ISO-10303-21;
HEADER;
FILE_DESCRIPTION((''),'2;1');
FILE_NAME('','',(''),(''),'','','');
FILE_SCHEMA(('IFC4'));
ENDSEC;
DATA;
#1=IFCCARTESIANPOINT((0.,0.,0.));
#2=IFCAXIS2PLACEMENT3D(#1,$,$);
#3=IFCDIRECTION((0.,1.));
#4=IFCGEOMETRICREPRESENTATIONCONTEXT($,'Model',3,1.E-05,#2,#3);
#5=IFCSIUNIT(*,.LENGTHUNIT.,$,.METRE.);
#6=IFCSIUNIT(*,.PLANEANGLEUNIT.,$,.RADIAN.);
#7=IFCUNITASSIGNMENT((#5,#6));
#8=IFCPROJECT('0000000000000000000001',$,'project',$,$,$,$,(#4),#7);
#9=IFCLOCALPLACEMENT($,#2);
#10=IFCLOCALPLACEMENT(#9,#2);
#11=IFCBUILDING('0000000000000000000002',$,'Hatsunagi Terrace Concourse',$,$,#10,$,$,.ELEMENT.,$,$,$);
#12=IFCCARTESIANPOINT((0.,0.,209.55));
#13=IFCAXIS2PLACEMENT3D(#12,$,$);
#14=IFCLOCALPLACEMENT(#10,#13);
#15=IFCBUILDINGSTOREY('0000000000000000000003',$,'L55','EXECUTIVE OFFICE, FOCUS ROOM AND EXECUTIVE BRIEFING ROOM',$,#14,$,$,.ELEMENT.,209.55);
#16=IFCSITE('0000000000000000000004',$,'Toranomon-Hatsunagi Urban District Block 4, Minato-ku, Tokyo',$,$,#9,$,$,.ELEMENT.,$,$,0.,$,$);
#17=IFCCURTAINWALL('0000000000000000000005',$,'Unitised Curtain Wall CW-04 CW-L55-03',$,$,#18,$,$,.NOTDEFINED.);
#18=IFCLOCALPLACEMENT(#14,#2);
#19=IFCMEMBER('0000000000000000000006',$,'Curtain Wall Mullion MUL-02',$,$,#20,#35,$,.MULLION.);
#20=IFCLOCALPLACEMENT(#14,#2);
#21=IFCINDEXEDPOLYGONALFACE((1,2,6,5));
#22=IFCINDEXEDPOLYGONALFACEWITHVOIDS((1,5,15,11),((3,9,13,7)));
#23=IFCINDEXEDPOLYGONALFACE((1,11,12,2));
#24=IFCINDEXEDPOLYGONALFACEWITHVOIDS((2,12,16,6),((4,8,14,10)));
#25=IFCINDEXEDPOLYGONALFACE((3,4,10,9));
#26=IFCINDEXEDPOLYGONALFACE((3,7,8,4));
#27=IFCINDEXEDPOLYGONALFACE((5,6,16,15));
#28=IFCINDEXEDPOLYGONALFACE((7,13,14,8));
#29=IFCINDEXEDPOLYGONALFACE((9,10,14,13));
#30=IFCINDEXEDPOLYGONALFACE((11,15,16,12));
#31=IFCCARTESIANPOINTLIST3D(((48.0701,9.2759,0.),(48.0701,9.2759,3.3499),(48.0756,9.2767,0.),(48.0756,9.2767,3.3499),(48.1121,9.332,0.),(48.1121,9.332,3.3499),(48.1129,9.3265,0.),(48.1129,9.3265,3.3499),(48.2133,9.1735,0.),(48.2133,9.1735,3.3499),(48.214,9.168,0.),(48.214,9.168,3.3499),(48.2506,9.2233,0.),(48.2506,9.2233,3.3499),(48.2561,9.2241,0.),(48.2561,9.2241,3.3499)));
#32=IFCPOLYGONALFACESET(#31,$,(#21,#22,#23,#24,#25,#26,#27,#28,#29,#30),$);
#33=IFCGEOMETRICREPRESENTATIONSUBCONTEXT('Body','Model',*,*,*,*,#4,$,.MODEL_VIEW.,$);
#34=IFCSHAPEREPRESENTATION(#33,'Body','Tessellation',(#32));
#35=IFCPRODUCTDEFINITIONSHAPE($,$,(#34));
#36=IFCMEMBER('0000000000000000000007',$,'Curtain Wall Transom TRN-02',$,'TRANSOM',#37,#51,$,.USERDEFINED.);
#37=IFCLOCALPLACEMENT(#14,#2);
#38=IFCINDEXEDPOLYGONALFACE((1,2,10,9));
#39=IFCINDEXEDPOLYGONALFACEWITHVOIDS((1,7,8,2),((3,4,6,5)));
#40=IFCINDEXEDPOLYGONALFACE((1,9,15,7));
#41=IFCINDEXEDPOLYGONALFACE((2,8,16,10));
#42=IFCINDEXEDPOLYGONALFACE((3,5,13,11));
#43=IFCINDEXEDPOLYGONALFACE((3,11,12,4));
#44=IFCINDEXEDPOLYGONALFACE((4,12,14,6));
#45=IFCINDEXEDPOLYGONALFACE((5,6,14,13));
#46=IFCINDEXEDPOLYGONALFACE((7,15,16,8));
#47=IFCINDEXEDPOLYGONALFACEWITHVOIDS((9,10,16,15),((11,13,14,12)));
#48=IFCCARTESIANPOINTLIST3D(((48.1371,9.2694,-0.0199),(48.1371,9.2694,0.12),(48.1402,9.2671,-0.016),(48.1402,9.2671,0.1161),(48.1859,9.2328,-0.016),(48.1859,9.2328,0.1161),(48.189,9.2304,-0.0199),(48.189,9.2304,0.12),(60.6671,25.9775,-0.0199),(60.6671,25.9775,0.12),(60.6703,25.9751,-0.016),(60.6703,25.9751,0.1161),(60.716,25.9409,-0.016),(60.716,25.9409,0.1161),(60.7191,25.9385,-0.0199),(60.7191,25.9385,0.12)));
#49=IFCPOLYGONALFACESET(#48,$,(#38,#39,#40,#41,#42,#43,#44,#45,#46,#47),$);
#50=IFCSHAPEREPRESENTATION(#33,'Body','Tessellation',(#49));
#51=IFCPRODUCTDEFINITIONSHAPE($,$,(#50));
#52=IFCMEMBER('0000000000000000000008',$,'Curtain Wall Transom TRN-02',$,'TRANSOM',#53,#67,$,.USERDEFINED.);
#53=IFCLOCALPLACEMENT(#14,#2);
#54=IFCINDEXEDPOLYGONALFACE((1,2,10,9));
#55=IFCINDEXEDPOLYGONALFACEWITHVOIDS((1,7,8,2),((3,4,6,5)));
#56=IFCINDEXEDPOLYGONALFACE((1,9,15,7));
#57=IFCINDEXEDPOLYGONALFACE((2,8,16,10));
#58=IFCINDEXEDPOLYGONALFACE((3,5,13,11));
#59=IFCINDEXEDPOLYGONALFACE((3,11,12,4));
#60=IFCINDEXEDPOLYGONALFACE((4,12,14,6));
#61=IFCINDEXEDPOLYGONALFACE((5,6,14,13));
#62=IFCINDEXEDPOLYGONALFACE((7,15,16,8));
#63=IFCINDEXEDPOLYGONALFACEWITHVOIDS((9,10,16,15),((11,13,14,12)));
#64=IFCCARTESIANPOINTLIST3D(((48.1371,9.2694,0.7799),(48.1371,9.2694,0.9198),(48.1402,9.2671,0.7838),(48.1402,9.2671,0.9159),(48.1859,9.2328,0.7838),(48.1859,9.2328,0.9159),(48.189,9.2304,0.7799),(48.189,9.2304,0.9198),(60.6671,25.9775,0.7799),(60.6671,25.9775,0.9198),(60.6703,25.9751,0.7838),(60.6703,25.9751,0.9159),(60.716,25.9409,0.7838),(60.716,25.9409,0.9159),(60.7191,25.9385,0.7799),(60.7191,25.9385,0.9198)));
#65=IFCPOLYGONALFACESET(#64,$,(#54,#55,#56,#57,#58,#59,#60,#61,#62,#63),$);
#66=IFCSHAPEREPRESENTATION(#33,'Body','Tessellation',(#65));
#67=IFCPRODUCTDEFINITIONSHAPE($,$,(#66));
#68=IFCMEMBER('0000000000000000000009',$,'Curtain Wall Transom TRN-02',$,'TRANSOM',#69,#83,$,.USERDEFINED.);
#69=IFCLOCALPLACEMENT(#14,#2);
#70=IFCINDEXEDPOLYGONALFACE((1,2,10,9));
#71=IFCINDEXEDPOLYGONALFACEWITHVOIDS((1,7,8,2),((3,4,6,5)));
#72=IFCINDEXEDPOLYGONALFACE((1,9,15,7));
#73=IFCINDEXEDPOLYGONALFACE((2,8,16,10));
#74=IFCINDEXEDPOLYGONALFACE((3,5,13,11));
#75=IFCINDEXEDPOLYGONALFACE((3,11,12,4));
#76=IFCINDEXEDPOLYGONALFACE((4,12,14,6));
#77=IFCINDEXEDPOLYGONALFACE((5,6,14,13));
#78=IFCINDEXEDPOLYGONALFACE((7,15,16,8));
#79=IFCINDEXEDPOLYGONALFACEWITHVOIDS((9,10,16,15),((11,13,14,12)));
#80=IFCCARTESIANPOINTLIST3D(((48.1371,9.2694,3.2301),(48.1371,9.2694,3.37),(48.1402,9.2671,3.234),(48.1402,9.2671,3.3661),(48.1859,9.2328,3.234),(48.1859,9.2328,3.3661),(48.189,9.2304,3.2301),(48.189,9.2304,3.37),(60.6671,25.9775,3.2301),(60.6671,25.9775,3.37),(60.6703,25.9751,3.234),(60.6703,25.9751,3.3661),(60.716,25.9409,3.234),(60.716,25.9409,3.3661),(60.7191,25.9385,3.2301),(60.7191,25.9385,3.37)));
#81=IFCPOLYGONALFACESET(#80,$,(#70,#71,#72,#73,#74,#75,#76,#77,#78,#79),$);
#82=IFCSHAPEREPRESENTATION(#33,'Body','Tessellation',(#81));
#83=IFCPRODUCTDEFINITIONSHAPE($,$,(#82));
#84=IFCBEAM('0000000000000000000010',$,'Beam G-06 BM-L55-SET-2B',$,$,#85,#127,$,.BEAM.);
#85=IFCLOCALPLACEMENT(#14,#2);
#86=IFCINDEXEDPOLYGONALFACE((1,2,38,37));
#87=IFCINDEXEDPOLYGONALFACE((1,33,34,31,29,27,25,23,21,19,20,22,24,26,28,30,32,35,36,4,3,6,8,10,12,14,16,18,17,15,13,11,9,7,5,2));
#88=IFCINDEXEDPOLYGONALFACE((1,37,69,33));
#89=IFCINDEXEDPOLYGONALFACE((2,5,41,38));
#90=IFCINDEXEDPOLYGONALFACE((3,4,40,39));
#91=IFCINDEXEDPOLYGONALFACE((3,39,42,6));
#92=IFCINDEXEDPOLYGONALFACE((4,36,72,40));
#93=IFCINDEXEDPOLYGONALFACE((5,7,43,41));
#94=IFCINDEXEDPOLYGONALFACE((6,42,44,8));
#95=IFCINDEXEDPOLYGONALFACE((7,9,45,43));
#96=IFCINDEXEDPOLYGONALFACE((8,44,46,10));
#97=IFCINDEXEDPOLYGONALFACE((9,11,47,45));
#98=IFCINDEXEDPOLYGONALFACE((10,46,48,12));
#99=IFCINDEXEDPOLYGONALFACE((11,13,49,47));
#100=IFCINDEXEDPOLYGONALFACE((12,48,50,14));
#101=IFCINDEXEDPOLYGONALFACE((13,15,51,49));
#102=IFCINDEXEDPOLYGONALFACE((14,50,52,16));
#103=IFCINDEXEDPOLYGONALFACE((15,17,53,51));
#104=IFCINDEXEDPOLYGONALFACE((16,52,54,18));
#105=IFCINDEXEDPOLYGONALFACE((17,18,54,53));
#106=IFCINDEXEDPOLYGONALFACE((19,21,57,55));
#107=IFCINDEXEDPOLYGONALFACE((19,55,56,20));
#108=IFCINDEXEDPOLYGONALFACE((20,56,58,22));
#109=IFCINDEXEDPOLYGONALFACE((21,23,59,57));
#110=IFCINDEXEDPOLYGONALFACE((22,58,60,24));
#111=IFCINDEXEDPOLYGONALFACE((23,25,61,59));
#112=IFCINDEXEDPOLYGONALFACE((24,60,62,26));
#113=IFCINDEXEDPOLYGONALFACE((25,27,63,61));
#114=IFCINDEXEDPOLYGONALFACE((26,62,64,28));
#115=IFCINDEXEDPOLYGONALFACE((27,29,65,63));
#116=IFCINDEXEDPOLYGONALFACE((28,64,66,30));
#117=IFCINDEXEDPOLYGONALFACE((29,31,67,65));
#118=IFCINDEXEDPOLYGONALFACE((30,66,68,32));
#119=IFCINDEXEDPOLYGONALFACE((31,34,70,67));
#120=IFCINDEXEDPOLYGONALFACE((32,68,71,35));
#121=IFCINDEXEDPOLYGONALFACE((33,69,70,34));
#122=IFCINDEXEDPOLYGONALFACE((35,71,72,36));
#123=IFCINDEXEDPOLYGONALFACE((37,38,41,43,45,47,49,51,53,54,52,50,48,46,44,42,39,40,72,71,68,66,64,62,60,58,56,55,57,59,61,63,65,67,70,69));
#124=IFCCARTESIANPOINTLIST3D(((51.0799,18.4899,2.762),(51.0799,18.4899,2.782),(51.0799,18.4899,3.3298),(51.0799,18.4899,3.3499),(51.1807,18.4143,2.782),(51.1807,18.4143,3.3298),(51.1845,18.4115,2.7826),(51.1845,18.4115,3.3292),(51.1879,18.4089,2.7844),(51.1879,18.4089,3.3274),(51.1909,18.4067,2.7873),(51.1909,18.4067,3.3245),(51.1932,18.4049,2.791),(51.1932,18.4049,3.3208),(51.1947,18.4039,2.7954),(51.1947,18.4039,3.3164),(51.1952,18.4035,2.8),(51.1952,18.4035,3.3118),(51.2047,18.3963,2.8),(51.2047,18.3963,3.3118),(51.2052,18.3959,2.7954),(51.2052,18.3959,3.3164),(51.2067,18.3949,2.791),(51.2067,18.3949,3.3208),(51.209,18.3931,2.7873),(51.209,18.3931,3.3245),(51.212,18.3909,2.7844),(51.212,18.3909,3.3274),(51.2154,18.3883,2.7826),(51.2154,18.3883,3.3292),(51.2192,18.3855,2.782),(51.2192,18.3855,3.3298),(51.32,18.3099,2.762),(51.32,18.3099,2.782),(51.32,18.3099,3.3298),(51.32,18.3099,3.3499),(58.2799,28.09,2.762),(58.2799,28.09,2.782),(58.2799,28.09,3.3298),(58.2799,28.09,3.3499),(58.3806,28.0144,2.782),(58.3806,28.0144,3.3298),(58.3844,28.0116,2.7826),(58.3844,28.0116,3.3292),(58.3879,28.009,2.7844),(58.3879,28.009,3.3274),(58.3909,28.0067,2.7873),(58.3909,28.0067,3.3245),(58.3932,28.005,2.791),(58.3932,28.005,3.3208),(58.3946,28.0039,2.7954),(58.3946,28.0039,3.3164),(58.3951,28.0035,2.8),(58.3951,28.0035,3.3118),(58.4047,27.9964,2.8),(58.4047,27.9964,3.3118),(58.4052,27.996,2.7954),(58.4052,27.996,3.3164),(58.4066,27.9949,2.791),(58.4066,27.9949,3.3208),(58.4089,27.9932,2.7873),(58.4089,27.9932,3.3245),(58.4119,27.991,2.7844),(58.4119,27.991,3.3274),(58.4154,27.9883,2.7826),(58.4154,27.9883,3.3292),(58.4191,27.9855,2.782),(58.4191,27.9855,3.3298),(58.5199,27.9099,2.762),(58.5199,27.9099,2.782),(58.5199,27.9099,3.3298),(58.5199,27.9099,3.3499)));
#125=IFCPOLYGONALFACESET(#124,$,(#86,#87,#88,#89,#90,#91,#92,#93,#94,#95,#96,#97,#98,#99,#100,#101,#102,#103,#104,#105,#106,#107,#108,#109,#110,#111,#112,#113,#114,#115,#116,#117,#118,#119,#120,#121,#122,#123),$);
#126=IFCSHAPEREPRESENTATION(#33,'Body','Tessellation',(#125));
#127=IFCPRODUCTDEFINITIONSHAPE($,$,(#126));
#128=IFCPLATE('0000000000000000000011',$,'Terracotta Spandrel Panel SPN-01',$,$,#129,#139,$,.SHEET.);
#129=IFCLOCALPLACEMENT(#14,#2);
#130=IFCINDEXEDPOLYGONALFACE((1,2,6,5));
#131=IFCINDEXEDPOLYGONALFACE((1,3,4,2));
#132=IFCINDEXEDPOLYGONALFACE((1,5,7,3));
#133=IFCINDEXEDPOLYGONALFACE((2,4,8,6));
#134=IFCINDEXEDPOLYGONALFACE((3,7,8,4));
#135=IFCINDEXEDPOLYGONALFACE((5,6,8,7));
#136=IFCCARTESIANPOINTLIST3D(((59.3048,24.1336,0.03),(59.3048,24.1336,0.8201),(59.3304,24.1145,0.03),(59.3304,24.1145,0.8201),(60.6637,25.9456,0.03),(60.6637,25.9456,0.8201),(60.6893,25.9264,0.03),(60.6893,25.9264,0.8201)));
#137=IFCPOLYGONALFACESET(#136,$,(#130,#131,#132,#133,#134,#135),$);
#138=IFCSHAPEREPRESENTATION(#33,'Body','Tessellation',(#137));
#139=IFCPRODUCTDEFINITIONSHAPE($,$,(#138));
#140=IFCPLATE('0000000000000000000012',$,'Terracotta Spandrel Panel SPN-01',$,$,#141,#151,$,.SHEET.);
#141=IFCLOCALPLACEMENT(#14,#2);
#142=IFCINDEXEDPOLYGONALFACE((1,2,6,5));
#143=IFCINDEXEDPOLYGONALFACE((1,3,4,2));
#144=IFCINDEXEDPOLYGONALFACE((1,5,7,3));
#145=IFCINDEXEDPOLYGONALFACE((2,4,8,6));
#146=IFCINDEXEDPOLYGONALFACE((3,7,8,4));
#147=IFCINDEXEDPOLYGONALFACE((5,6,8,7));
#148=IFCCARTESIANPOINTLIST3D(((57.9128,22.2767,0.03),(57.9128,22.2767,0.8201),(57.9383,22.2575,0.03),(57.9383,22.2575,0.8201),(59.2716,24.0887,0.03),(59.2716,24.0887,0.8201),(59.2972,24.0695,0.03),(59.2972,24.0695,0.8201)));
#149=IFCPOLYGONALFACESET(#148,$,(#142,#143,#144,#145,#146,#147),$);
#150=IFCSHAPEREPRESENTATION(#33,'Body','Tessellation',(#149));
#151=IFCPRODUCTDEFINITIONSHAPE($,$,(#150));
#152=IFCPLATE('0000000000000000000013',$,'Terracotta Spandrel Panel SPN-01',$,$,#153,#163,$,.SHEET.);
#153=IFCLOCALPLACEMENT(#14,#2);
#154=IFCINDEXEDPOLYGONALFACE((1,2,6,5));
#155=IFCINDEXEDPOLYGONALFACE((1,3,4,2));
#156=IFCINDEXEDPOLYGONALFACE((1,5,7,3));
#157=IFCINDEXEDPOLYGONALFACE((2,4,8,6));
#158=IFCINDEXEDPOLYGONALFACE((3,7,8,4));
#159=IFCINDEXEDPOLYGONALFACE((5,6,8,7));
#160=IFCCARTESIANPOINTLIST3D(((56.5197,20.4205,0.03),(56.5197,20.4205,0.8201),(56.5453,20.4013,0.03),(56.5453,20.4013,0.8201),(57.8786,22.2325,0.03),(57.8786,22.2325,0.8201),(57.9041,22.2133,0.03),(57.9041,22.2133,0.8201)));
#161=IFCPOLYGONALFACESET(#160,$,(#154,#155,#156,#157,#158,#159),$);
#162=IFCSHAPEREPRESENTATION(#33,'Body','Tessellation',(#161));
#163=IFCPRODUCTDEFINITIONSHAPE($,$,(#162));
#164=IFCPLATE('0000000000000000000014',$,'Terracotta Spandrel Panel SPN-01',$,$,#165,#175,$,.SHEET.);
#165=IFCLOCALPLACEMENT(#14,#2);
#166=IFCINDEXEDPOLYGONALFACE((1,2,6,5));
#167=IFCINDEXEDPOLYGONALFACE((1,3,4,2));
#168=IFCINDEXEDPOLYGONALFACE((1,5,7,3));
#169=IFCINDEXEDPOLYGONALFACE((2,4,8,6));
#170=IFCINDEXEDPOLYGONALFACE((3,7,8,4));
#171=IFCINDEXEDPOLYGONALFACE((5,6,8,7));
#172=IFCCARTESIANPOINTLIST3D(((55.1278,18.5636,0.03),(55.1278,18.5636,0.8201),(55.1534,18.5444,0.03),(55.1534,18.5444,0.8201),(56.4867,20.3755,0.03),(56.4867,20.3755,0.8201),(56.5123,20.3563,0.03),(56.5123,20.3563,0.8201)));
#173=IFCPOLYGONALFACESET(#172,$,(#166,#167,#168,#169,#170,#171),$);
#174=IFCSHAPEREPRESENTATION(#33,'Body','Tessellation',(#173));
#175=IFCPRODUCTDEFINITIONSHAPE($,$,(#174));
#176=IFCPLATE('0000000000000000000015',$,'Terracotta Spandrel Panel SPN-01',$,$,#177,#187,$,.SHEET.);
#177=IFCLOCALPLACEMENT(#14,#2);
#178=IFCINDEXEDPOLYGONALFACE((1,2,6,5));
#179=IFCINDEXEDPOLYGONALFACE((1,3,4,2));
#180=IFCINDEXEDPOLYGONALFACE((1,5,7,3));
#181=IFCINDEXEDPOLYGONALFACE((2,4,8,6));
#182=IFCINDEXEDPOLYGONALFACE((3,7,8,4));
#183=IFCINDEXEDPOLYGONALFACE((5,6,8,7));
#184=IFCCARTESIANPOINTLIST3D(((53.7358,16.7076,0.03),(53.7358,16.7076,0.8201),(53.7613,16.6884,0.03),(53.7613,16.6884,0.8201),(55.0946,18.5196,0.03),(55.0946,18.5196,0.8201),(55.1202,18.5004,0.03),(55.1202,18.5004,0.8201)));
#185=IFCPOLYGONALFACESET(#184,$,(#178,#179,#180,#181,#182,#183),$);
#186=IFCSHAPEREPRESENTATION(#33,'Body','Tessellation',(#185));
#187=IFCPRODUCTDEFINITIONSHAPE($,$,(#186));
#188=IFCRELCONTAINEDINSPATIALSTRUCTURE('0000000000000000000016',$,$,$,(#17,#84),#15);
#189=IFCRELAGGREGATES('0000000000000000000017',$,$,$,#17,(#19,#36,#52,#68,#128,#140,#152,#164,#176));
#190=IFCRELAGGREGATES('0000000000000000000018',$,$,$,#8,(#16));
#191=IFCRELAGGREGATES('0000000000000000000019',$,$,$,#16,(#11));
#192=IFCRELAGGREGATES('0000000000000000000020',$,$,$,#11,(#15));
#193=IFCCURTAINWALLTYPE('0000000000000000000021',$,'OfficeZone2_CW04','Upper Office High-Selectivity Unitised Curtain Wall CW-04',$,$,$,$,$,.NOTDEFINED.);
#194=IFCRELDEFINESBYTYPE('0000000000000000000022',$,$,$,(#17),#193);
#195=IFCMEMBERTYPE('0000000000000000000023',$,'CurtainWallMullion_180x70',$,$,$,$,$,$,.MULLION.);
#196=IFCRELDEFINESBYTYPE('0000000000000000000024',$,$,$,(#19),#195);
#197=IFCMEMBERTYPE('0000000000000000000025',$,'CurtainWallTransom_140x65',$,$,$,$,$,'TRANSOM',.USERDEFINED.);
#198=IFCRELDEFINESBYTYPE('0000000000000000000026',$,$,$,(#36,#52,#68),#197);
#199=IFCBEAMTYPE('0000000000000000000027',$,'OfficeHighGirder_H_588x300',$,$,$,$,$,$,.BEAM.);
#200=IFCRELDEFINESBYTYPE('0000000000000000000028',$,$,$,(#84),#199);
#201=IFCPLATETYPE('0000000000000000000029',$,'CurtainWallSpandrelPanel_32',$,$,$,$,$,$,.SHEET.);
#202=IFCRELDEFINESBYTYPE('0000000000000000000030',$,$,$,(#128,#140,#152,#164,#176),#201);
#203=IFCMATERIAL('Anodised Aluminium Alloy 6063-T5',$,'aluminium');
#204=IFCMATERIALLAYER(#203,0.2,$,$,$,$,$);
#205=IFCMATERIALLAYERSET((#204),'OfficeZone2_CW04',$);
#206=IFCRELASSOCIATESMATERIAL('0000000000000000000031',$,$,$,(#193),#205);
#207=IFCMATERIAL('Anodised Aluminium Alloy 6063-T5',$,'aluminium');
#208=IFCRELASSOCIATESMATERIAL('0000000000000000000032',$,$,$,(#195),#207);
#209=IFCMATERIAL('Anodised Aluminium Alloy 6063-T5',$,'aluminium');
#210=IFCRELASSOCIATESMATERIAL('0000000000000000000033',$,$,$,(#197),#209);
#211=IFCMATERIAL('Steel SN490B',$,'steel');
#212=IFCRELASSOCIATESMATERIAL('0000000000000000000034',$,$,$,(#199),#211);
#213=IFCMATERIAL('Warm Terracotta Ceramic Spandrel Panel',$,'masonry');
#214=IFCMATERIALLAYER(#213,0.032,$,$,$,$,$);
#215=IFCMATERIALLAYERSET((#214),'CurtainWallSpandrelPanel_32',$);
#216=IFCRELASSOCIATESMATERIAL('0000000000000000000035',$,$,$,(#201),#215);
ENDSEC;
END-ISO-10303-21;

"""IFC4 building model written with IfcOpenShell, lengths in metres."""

from ifc_helpers import new_model, si_unit, direction, frame, origin, origin_2d, place, context, subcontext, project, spatial, rectangle, hollow_rectangle, i_section, extrude, material, layer, layer_set, material_profile, profile_set, type_object, element, aggregate, save


model = new_model("IFC4")

# Units and contexts
model_context = context("Model", 3, precision=1e-05, world=origin(), true_north=direction((0.0, 1.0)))
body_context = subcontext(model_context, "Body", "Model", "MODEL_VIEW")
ifc_project = project(units=[si_unit("LENGTHUNIT", "METRE"), si_unit("PLANEANGLEUNIT", "RADIAN")], contexts=[model_context])

# Site, building, storey
site_placement = place(None, origin())
site = spatial("IfcSite", under=ifc_project, at=site_placement, Name="Toranomon-Hatsunagi Urban District Block 4, Minato-ku, Tokyo", CompositionType="ELEMENT", RefElevation=0.0)
building_placement = place(site_placement, origin())
building = spatial("IfcBuilding", under=site, at=building_placement, Name="Hatsunagi Terrace Concourse", CompositionType="ELEMENT")
storey_placement = place(building_placement, frame((0.0, 0.0, 209.55)))
storey = spatial("IfcBuildingStorey", under=building, at=storey_placement, Name="L55", Description="EXECUTIVE OFFICE, FOCUS ROOM AND EXECUTIVE BRIEFING ROOM", CompositionType="ELEMENT", Elevation=209.55)

# Curtain wall, members
ifc_material_1 = material(Name="Anodised Aluminium Alloy 6063-T5", Category="aluminium")
ifc_layer_1 = layer(ifc_material_1, 0.2)
ifc_layer_set_1 = layer_set([ifc_layer_1], Name="OfficeZone2_CW04")
curtain_wall_type = type_object("IfcCurtainWallType", Name="OfficeZone2_CW04", Description="Upper Office High-Selectivity Unitised Curtain Wall CW-04", PredefinedType="NOTDEFINED", material=ifc_layer_set_1)
curtain_wall_placement = place(storey_placement, origin())
curtain_wall = element("IfcCurtainWall", 1, at=curtain_wall_placement, inside=storey, type_object=curtain_wall_type, Name="Unitised Curtain Wall CW-04 CW-L55-03", PredefinedType="NOTDEFINED")
ifc_material_2 = material(Name="Anodised Aluminium Alloy 6063-T5", Category="aluminium")
ifc_material_profile_1 = material_profile(ifc_material_2, hollow_rectangle(XDim=0.0701, YDim=0.1799, WallThickness=0.0039, at=origin_2d()), Name="ALU-MUL-180x70x4")
ifc_profile_set_1 = profile_set([ifc_material_profile_1], Name="Anodised Aluminium Alloy 6063-T5")
member_type_1 = type_object("IfcMemberType", Name="CurtainWallMullion_180x70", PredefinedType="MULLION", material=ifc_profile_set_1)
member_1_placement = place(storey_placement, frame((48.1631, 9.25, 0.0), z_axis=(0.0, 0.0, 1.0), x_axis=(-0.599969, -0.800023, 0.0)))
member_1 = element("IfcMember", 2, at=member_1_placement, type_object=member_type_1, Name="Curtain Wall Mullion MUL-02", PredefinedType="MULLION", context=body_context, shape_type="SweptSolid", body=[
    extrude(hollow_rectangle(XDim=0.0701, YDim=0.1799, WallThickness=0.0039, at=origin_2d()), origin(), (0.0, 0.0, 1.0), 3.3499),
])
ifc_material_3 = material(Name="Anodised Aluminium Alloy 6063-T5", Category="aluminium")
ifc_material_profile_2 = material_profile(ifc_material_3, hollow_rectangle(XDim=0.0649, YDim=0.1399, WallThickness=0.0039, at=origin_2d()), Name="ALU-TRN-140x65x4")
ifc_profile_set_2 = profile_set([ifc_material_profile_2], Name="Anodised Aluminium Alloy 6063-T5")
member_type_2 = type_object("IfcMemberType", Name="CurtainWallTransom_140x65", ElementType="TRANSOM", PredefinedType="USERDEFINED", material=ifc_profile_set_2)
member_2_placement = place(storey_placement, frame((60.6931, 25.958, 0.05), z_axis=(-0.59997, -0.800022, 0.0), x_axis=(0.800022, -0.59997, 0.0)))
member_2 = element("IfcMember", 3, at=member_2_placement, type_object=member_type_2, Name="Curtain Wall Transom TRN-02", ObjectType="TRANSOM", PredefinedType="USERDEFINED", context=body_context, shape_type="SweptSolid", body=[
    extrude(hollow_rectangle(XDim=0.0649, YDim=0.1399, WallThickness=0.0039, at=origin_2d()), origin(), (0.0, 0.0, 1.0), 20.8845),
])
member_3_placement = place(storey_placement, frame((60.6931, 25.958, 0.8499), z_axis=(-0.59997, -0.800022, 0.0), x_axis=(0.800022, -0.59997, 0.0)))
member_3 = element("IfcMember", 4, at=member_3_placement, type_object=member_type_2, Name="Curtain Wall Transom TRN-02", ObjectType="TRANSOM", PredefinedType="USERDEFINED", context=body_context, shape_type="SweptSolid", body=[
    extrude(hollow_rectangle(XDim=0.0649, YDim=0.1399, WallThickness=0.0039, at=origin_2d()), origin(), (0.0, 0.0, 1.0), 20.8845),
])
member_4_placement = place(storey_placement, frame((60.6931, 25.958, 3.3), z_axis=(-0.59997, -0.800022, 0.0), x_axis=(0.800022, -0.59997, 0.0)))
member_4 = element("IfcMember", 5, at=member_4_placement, type_object=member_type_2, Name="Curtain Wall Transom TRN-02", ObjectType="TRANSOM", PredefinedType="USERDEFINED", context=body_context, shape_type="SweptSolid", body=[
    extrude(hollow_rectangle(XDim=0.0649, YDim=0.1399, WallThickness=0.0039, at=origin_2d()), origin(), (0.0, 0.0, 1.0), 20.8845),
])

# Beam
ifc_material_4 = material(Name="Steel SN490B", Category="steel")
ifc_material_profile_3 = material_profile(ifc_material_4, i_section(OverallWidth=0.3, OverallDepth=0.5879, WebThickness=0.012, FlangeThickness=0.02, FilletRadius=0.0181, at=origin_2d()), Name="H-588x300x12x20")
ifc_profile_set_3 = profile_set([ifc_material_profile_3], Name="Steel SN490B")
beam_type = type_object("IfcBeamType", Name="OfficeHighGirder_H_588x300", PredefinedType="BEAM", material=ifc_profile_set_3)
beam_placement = place(storey_placement, frame((51.2, 18.3999, 3.0559), z_axis=(0.599993, 0.800005, 0.0), x_axis=(-0.800005, 0.599993, 0.0)))
element("IfcBeam", 6, at=beam_placement, inside=storey, type_object=beam_type, Name="Beam G-06 BM-L55-SET-2B", PredefinedType="BEAM", context=body_context, shape_type="SweptSolid", body=[
    extrude(i_section(OverallWidth=0.3, OverallDepth=0.5879, WebThickness=0.012, FlangeThickness=0.02, FilletRadius=0.0181, at=origin_2d()), origin(), (0.0, 0.0, 1.0), 12.0),
])

# Plates
ifc_material_5 = material(Name="Warm Terracotta Ceramic Spandrel Panel", Category="masonry")
ifc_layer_2 = layer(ifc_material_5, 0.032)
ifc_layer_set_2 = layer_set([ifc_layer_2], Name="CurtainWallSpandrelPanel_32")
plate_type_1 = type_object("IfcPlateType", Name="CurtainWallSpandrelPanel_32", PredefinedType="SHEET", material=ifc_layer_set_2)
plate_1_placement = place(storey_placement, frame((59.9971, 25.03, 0.03), z_axis=(0.0, 0.0, 1.0), x_axis=(-0.599969, -0.800023, 0.0)))
plate_1 = element("IfcPlate", 7, at=plate_1_placement, type_object=plate_type_1, Name="Terracotta Spandrel Panel SPN-01", PredefinedType="SHEET", context=body_context, shape_type="SweptSolid", body=[
    extrude(rectangle(XDim=2.2649, YDim=0.032, at=origin_2d()), origin(), (0.0, 0.0, 1.0), 0.79),
])
plate_2_placement = place(storey_placement, frame((58.605, 23.1731, 0.03), z_axis=(0.0, 0.0, 1.0), x_axis=(-0.599969, -0.800023, 0.0)))
plate_2 = element("IfcPlate", 8, at=plate_2_placement, type_object=plate_type_1, Name="Terracotta Spandrel Panel SPN-01", PredefinedType="SHEET", context=body_context, shape_type="SweptSolid", body=[
    extrude(rectangle(XDim=2.2649, YDim=0.032, at=origin_2d()), origin(), (0.0, 0.0, 1.0), 0.79),
])
plate_3_placement = place(storey_placement, frame((57.2119, 21.3169, 0.03), z_axis=(0.0, 0.0, 1.0), x_axis=(-0.599969, -0.800023, 0.0)))
plate_3 = element("IfcPlate", 9, at=plate_3_placement, type_object=plate_type_1, Name="Terracotta Spandrel Panel SPN-01", PredefinedType="SHEET", context=body_context, shape_type="SweptSolid", body=[
    extrude(rectangle(XDim=2.2649, YDim=0.032, at=origin_2d()), origin(), (0.0, 0.0, 1.0), 0.79),
])
plate_4_placement = place(storey_placement, frame((55.8201, 19.46, 0.03), z_axis=(0.0, 0.0, 1.0), x_axis=(-0.599969, -0.800023, 0.0)))
plate_4 = element("IfcPlate", 10, at=plate_4_placement, type_object=plate_type_1, Name="Terracotta Spandrel Panel SPN-01", PredefinedType="SHEET", context=body_context, shape_type="SweptSolid", body=[
    extrude(rectangle(XDim=2.2649, YDim=0.032, at=origin_2d()), origin(), (0.0, 0.0, 1.0), 0.79),
])
plate_5_placement = place(storey_placement, frame((54.428, 17.604, 0.03), z_axis=(0.0, 0.0, 1.0), x_axis=(-0.599969, -0.800023, 0.0)))
plate_5 = element("IfcPlate", 11, at=plate_5_placement, type_object=plate_type_1, Name="Terracotta Spandrel Panel SPN-01", PredefinedType="SHEET", context=body_context, shape_type="SweptSolid", body=[
    extrude(rectangle(XDim=2.2649, YDim=0.032, at=origin_2d()), origin(), (0.0, 0.0, 1.0), 0.79),
])
aggregate(curtain_wall, [member_1, member_2, member_3, member_4, plate_1, plate_2, plate_3, plate_4, plate_5])

save(model, "model.ifc")
